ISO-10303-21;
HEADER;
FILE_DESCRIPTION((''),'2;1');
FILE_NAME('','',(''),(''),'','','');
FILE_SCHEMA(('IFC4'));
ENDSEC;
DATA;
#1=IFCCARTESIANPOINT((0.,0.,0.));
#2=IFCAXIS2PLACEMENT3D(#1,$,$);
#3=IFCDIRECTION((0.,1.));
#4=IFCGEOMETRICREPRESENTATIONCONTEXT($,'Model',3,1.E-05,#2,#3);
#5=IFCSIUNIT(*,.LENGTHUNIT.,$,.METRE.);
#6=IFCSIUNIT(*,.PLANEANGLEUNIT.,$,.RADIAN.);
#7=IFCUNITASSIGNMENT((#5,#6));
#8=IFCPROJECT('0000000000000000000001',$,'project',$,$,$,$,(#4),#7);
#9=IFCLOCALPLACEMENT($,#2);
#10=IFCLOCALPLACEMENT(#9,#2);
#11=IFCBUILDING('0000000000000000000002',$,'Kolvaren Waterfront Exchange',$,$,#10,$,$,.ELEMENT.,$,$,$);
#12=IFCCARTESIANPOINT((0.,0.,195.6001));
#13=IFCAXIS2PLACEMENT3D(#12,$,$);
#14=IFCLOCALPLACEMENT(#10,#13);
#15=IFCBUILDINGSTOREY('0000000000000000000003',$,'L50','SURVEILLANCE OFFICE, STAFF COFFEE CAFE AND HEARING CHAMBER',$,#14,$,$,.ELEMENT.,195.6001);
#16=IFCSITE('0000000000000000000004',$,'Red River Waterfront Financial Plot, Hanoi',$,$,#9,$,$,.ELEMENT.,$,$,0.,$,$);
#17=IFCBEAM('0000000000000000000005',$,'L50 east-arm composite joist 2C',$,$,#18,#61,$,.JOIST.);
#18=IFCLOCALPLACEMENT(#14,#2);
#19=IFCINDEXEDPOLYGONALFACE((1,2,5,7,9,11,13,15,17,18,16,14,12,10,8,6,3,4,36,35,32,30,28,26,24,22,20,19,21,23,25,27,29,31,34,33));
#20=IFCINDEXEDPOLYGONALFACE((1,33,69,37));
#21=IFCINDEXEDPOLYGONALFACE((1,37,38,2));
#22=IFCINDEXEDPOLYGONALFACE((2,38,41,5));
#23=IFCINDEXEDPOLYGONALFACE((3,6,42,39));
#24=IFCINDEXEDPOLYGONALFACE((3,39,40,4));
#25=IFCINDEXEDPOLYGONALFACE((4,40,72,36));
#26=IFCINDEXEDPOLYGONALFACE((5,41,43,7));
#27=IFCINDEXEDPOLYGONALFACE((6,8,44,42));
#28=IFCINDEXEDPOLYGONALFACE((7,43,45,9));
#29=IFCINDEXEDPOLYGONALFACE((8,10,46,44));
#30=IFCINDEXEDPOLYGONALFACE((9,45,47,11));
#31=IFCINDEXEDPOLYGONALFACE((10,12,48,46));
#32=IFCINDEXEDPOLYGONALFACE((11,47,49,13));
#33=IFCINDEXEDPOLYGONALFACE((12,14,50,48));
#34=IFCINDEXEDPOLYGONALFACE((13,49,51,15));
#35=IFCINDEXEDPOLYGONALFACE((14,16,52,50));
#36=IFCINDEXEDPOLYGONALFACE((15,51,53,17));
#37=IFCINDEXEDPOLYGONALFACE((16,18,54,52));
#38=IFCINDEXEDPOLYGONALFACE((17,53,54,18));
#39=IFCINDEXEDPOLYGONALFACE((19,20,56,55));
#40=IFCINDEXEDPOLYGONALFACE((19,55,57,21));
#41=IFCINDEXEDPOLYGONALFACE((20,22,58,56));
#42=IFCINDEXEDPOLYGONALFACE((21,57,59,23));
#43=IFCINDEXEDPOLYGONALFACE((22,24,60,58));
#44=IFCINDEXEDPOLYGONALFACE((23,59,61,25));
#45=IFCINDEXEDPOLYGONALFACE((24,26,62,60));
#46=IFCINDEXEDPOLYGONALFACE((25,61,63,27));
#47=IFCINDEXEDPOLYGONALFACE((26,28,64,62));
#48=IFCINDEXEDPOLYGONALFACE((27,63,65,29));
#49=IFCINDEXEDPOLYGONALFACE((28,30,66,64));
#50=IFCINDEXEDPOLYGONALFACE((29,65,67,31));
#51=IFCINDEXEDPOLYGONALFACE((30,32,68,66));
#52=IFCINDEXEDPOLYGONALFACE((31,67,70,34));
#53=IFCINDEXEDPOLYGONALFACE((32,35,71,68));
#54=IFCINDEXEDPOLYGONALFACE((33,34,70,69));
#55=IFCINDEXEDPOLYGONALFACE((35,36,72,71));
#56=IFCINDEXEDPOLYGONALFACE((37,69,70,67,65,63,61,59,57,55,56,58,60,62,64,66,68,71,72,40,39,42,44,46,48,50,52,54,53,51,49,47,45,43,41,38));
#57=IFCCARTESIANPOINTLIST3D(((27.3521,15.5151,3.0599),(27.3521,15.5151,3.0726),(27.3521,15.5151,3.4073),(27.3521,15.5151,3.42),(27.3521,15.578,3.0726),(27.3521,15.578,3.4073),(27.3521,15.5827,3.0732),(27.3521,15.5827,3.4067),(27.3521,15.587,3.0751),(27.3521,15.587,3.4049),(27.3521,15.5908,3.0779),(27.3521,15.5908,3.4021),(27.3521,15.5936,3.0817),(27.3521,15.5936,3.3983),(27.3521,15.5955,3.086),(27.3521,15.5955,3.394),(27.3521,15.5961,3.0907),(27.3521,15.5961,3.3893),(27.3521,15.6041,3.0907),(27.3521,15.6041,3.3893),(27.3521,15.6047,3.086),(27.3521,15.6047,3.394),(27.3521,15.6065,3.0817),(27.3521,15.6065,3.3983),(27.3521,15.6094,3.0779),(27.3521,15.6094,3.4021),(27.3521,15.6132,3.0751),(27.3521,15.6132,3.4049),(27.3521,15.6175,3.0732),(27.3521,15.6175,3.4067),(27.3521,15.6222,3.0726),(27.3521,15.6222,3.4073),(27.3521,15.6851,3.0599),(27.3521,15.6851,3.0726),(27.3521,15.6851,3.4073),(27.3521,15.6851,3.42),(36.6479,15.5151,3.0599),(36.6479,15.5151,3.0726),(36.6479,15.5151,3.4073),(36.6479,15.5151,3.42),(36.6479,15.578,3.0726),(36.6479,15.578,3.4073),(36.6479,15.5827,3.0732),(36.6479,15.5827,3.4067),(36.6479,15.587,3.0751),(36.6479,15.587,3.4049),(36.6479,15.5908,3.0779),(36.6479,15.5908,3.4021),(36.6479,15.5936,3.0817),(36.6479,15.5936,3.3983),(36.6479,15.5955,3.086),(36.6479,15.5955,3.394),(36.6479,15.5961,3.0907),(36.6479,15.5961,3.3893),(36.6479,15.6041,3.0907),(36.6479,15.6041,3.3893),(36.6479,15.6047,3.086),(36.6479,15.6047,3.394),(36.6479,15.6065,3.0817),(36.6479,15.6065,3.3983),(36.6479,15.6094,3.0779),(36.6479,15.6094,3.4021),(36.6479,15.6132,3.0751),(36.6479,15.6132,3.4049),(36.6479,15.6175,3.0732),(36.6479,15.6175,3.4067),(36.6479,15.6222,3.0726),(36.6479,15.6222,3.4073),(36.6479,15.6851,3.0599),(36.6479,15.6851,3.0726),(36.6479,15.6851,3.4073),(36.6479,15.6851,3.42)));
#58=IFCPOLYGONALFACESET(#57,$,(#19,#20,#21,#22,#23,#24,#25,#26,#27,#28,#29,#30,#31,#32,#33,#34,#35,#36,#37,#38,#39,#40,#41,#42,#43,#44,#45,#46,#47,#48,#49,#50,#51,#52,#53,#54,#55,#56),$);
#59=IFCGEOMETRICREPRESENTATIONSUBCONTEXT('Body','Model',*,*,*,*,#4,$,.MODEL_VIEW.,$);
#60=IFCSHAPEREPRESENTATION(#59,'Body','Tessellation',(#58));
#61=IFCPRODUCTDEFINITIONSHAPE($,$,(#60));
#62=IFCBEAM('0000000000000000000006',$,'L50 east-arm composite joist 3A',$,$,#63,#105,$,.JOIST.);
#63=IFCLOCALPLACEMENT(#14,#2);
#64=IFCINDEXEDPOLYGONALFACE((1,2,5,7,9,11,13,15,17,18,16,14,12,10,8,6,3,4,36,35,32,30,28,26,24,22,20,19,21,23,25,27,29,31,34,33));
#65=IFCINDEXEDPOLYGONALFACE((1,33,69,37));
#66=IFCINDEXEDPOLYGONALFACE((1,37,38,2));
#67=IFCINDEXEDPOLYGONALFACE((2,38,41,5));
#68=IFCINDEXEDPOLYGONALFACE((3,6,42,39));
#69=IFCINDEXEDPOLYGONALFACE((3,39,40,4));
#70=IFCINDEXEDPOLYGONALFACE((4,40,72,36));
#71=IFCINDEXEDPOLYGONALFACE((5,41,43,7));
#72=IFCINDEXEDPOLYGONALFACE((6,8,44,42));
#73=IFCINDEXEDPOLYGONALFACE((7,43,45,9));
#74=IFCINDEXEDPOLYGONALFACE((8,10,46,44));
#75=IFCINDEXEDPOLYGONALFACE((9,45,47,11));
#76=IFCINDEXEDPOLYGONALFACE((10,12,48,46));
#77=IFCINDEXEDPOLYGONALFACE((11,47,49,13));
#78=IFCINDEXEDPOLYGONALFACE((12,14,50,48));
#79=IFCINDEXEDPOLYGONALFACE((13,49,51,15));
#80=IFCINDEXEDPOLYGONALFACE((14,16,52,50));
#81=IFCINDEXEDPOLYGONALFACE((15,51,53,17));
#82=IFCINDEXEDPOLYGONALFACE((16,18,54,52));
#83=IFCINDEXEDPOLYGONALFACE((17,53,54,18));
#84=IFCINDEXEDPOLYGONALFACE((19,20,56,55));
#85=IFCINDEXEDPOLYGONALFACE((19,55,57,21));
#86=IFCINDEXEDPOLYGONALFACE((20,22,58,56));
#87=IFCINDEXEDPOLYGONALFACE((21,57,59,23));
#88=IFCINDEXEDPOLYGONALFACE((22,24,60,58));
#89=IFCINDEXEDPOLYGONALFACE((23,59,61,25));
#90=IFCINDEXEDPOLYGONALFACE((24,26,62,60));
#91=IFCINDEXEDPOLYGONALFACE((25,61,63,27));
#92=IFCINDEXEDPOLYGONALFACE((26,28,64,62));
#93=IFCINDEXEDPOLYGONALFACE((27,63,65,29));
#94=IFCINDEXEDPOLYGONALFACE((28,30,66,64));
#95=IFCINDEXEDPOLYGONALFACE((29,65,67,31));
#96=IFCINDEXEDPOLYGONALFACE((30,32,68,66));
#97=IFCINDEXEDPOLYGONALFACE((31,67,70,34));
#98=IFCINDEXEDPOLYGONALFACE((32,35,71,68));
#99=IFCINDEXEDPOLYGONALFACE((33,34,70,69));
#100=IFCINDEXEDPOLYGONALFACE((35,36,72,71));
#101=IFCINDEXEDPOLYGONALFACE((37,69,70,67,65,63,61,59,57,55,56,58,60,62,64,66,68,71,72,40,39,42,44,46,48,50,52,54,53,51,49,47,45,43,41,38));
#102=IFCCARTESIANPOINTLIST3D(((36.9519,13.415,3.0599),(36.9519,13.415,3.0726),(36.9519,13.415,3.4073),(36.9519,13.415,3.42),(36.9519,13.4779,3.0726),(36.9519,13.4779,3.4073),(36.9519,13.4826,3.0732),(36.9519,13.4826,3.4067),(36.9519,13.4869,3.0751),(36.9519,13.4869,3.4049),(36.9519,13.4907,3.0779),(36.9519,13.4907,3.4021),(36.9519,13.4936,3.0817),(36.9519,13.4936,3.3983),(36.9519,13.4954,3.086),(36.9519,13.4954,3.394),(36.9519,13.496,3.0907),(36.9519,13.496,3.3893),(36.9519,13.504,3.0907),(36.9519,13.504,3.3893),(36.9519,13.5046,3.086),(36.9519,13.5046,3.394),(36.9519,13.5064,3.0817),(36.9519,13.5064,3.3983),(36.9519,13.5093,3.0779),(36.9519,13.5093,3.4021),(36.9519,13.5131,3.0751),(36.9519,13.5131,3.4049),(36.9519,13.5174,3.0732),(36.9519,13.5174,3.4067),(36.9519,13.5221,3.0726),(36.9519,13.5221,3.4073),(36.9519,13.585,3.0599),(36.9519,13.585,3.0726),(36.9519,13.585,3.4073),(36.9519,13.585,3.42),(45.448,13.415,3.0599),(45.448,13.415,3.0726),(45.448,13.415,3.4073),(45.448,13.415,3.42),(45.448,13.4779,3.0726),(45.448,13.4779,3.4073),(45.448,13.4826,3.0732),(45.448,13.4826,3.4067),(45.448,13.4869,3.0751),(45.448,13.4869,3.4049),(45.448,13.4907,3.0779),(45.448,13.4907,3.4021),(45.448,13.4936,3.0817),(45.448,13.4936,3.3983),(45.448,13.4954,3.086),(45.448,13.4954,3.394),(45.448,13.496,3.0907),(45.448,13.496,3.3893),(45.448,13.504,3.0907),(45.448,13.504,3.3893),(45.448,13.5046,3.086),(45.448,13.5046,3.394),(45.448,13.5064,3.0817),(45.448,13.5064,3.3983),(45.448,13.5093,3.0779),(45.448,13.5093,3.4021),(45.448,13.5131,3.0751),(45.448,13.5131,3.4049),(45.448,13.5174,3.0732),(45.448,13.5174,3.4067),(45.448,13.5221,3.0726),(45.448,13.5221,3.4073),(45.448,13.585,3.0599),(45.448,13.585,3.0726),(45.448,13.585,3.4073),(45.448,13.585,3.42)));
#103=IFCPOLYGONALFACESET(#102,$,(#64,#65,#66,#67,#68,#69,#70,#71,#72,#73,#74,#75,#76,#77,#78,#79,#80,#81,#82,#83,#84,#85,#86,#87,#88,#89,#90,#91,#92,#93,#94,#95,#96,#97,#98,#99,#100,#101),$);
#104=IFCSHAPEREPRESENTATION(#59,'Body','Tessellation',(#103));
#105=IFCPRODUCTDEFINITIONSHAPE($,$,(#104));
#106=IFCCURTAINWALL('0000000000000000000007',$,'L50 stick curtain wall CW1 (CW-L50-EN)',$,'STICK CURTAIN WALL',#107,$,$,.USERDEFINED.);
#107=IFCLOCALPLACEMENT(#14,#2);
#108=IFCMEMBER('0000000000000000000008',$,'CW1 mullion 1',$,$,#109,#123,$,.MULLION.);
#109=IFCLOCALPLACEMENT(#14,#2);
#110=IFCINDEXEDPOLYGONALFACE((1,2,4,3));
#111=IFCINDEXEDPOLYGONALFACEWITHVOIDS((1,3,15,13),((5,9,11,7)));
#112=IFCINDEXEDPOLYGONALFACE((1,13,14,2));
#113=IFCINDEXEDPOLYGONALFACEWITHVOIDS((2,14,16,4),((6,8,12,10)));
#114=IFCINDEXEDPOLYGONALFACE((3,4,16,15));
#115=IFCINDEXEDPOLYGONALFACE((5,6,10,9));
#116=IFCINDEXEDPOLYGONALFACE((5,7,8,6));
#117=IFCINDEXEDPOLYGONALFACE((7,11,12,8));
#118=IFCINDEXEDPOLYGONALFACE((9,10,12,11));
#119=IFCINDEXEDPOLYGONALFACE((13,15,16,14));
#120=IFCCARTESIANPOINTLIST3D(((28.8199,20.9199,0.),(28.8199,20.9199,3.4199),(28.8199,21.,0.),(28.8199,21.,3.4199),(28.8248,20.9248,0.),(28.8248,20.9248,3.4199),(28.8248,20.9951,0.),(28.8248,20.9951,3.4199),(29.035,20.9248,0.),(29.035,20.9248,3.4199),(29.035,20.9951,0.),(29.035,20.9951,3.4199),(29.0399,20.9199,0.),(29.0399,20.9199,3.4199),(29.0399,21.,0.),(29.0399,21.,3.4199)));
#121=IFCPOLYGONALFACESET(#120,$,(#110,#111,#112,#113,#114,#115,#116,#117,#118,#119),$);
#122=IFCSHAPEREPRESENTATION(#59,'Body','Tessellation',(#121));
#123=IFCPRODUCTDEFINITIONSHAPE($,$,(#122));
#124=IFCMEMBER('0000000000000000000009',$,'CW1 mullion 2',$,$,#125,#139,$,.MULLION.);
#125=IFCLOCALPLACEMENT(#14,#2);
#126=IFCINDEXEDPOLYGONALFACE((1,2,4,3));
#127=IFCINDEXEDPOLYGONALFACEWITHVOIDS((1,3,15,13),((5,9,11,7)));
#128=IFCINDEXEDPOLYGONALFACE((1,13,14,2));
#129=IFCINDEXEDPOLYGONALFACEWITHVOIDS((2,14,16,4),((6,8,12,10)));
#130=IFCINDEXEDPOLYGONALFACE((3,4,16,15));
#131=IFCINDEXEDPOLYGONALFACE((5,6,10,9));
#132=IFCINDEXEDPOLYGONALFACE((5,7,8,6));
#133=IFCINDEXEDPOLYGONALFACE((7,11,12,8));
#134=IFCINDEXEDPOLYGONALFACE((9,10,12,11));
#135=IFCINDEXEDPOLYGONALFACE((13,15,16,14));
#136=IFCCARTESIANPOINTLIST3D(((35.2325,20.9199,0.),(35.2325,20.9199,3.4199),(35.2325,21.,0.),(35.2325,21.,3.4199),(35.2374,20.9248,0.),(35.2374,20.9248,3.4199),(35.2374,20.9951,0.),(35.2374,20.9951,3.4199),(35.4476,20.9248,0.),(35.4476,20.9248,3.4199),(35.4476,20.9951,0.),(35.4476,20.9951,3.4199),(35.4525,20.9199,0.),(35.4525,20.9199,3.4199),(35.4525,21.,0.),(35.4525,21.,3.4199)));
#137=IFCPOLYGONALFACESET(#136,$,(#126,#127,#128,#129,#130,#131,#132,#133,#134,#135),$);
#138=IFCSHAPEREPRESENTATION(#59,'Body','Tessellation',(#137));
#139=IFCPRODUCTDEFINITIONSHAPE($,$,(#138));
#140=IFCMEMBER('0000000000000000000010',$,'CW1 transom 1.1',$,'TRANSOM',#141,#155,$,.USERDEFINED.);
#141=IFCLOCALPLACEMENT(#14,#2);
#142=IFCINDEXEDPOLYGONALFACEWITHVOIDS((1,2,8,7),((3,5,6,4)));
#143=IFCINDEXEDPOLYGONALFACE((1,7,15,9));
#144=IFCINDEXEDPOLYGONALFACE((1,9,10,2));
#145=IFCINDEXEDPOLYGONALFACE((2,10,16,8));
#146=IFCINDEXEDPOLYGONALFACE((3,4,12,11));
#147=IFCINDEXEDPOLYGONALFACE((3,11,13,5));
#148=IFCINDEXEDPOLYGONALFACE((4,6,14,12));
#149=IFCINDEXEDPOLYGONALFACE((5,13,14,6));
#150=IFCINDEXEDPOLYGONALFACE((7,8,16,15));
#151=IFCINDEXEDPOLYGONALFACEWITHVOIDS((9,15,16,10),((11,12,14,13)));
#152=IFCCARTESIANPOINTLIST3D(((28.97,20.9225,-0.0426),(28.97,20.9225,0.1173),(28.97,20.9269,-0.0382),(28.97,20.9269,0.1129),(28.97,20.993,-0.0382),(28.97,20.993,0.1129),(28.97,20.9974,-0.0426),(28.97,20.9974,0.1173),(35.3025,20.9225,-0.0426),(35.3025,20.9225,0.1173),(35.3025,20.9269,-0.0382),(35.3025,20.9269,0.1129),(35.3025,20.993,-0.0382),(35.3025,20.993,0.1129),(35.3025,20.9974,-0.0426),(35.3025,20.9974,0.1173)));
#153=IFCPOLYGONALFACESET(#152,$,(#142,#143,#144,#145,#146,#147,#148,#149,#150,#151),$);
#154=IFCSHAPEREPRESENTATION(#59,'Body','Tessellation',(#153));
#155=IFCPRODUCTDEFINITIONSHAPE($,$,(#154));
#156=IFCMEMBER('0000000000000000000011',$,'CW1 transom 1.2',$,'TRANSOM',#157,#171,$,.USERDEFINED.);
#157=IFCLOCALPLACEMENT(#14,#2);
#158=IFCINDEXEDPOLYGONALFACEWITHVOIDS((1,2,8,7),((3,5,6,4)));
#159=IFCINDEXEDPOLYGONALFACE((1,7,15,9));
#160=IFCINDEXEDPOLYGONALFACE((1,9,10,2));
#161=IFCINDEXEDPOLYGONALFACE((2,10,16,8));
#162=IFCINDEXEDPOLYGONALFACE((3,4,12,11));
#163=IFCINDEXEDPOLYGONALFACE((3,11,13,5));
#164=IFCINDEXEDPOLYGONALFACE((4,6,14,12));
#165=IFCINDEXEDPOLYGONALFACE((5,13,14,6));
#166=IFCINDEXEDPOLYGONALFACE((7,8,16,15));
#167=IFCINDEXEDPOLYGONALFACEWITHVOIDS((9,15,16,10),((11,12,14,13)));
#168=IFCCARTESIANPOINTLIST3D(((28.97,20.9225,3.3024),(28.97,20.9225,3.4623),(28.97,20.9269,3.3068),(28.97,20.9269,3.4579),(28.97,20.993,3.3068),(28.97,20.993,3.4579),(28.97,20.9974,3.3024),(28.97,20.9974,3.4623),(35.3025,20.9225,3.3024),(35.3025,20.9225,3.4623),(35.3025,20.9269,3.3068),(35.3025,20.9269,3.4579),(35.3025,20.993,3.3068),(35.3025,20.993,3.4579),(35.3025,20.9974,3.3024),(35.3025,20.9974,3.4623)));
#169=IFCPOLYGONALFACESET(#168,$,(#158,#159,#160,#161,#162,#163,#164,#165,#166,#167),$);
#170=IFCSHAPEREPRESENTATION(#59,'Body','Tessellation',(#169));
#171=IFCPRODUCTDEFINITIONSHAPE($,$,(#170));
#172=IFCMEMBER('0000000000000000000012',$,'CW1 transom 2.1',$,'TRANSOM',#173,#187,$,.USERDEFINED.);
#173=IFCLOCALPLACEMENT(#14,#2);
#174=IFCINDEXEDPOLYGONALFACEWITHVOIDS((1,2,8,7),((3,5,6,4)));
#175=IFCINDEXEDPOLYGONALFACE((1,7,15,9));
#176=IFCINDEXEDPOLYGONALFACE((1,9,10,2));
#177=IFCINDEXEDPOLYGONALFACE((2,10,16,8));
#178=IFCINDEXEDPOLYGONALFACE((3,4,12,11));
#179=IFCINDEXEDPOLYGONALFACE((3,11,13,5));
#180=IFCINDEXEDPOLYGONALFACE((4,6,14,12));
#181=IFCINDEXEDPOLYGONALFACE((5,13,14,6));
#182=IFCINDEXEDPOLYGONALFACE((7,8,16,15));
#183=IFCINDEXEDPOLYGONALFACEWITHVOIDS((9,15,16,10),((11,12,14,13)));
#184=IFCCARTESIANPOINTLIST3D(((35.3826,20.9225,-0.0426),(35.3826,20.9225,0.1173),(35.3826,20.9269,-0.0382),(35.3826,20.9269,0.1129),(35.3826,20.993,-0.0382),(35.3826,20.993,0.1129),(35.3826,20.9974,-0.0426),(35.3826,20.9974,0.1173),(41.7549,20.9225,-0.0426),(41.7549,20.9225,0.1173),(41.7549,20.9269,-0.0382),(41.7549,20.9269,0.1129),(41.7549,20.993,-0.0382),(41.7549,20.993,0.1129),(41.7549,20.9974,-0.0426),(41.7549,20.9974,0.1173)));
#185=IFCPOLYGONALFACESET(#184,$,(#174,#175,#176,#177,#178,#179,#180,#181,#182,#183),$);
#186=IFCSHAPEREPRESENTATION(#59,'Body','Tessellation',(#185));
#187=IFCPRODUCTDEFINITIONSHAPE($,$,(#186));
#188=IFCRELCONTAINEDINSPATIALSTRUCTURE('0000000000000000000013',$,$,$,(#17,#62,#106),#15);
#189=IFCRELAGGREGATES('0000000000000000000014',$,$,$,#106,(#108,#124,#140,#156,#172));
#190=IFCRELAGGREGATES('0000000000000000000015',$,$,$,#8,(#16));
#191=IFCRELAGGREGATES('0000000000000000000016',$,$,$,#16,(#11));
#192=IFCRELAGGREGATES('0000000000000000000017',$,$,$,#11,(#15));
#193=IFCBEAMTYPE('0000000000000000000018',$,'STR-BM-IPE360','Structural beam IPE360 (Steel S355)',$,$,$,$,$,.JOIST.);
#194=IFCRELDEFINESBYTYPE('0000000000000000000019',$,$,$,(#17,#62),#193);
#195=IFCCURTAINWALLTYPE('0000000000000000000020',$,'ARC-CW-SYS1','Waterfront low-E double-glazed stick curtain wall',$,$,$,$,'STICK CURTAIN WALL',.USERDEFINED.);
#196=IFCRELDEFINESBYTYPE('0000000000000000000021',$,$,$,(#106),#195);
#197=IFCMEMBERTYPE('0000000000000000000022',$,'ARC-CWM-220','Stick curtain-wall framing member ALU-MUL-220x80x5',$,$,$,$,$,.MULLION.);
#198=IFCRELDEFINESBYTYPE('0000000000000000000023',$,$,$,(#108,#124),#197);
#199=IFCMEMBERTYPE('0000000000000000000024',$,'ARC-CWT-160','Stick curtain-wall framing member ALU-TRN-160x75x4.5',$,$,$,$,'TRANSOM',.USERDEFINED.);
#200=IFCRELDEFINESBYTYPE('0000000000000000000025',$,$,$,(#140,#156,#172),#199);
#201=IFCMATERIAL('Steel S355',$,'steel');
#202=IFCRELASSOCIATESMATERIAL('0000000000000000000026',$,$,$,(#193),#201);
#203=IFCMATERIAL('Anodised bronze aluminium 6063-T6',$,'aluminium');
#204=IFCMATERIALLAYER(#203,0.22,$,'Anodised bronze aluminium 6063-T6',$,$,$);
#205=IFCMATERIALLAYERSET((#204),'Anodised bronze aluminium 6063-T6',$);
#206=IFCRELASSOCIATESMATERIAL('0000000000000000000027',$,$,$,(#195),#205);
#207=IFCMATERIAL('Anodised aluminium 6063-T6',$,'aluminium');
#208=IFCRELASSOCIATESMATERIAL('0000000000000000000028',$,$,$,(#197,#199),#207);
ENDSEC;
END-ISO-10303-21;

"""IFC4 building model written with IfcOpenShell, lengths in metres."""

from ifc_helpers import new_model, si_unit, direction, frame, origin, origin_with_axes, origin_2d, place, context, subcontext, project, spatial, hollow_rectangle, i_section, extrude, source, transform, mapped, material, layer, layer_set, material_profile, profile_set, type_object, element, aggregate, save


model = new_model("IFC4")

# Units and contexts
model_context = context("Model", 3, precision=1e-05, world=origin(), true_north=direction((0.0, 1.0)))
body_context = subcontext(model_context, "Body", "Model", "MODEL_VIEW")
ifc_project = project(units=[si_unit("LENGTHUNIT", "METRE"), si_unit("PLANEANGLEUNIT", "RADIAN")], contexts=[model_context])

# Site, building, storey
site_placement = place(None, origin())
site = spatial("IfcSite", under=ifc_project, at=site_placement, Name="Red River Waterfront Financial Plot, Hanoi", CompositionType="ELEMENT", RefElevation=0.0)
building_placement = place(site_placement, origin())
building = spatial("IfcBuilding", under=site, at=building_placement, Name="Kolvaren Waterfront Exchange", CompositionType="ELEMENT")
storey_placement = place(building_placement, frame((0.0, 0.0, 195.6001)))
storey = spatial("IfcBuildingStorey", under=building, at=storey_placement, Name="L50", Description="SURVEILLANCE OFFICE, STAFF COFFEE CAFE AND HEARING CHAMBER", CompositionType="ELEMENT", Elevation=195.6001)

# Beams
ifc_material_1 = material(Name="Steel S355", Category="steel")
ifc_material_profile_1 = material_profile(ifc_material_1, i_section(OverallWidth=0.1699, OverallDepth=0.3601, WebThickness=0.0081, FlangeThickness=0.0127, FilletRadius=0.0181, at=origin_2d()), Name="IPE360")
ifc_profile_set_1 = profile_set([ifc_material_profile_1], Name="Steel S355")
beam_type_1 = type_object("IfcBeamType", Name="STR-BM-IPE360", Description="Structural beam IPE360 (Steel S355)", PredefinedType="JOIST", material=ifc_profile_set_1)
for number, where, z_axis, x_axis, name in (
    (1, (27.3521, 15.6001, 3.24), (1.0, 0.0, 0.0), (0.0, 1.0, 0.0), "L50 east-arm composite joist 2C"),
):
    element("IfcBeam", number, at=place(storey_placement, frame(where, z_axis=z_axis, x_axis=x_axis)), inside=storey, type_object=beam_type_1, Name=name, PredefinedType="JOIST", context=body_context, shape_type="SweptSolid", body=[
        extrude(i_section(OverallWidth=0.1699, OverallDepth=0.3601, WebThickness=0.0081, FlangeThickness=0.0127, FilletRadius=0.0181, at=origin_2d()), origin(), (0.0, 0.0, 1.0), 9.2959),
    ])
beam_1_placement = place(storey_placement, frame((36.9519, 13.5, 3.24), z_axis=(1.0, 0.0, 0.0), x_axis=(0.0, 1.0, 0.0)))
element("IfcBeam", 2, at=beam_1_placement, inside=storey, type_object=beam_type_1, Name="L50 east-arm composite joist 3A", PredefinedType="JOIST", context=body_context, shape_type="SweptSolid", body=[
    extrude(i_section(OverallWidth=0.1699, OverallDepth=0.3601, WebThickness=0.0081, FlangeThickness=0.0127, FilletRadius=0.0181, at=origin_2d()), origin(), (0.0, 0.0, 1.0), 8.4961),
])

# Curtain wall, members
ifc_material_2 = material(Name="Anodised bronze aluminium 6063-T6", Category="aluminium")
ifc_layer_1 = layer(ifc_material_2, 0.22, Name="Anodised bronze aluminium 6063-T6")
ifc_layer_set_1 = layer_set([ifc_layer_1], Name="Anodised bronze aluminium 6063-T6")
curtain_wall_type = type_object("IfcCurtainWallType", Name="ARC-CW-SYS1", Description="Waterfront low-E double-glazed stick curtain wall", ElementType="STICK CURTAIN WALL", PredefinedType="USERDEFINED", material=ifc_layer_set_1)
curtain_wall_placement = place(storey_placement, origin())
curtain_wall = element("IfcCurtainWall", 3, at=curtain_wall_placement, inside=storey, type_object=curtain_wall_type, Name="L50 stick curtain wall CW1 (CW-L50-EN)", ObjectType="STICK CURTAIN WALL", PredefinedType="USERDEFINED")
ifc_material_3 = material(Name="Anodised aluminium 6063-T6", Category="aluminium")
ifc_material_profile_2 = material_profile(ifc_material_3, hollow_rectangle(XDim=0.0801, YDim=0.22, WallThickness=0.0049, at=origin_2d()), Name="ALU-MUL-220x80x5")
ifc_profile_set_2 = profile_set([ifc_material_profile_2], Name="Anodised aluminium 6063-T6")
member_type_1 = type_object("IfcMemberType", Name="ARC-CWM-220", Description="Stick curtain-wall framing member ALU-MUL-220x80x5", PredefinedType="MULLION", material=ifc_profile_set_2)
shared_shape_1 = source(origin_with_axes(), body_context, "Body", "SweptSolid", [
    extrude(hollow_rectangle(XDim=0.0801, YDim=0.22, WallThickness=0.0049, at=origin_2d()), origin(), (0.0, 0.0, 1.0), 3.4199),
])
member_1_placement = place(storey_placement, frame((28.9299, 20.96, 0.0), z_axis=(0.0, 0.0, 1.0), x_axis=(0.0, 1.0, 0.0)))
member_1 = element("IfcMember", 4, at=member_1_placement, type_object=member_type_1, Name="CW1 mullion 1", PredefinedType="MULLION", context=body_context, shape_type="MappedRepresentation", body=[
    mapped(shared_shape_1, transform((0.0, 0.0, 0.0), x_axis=(1.0, 0.0, 0.0), y_axis=(0.0, 1.0, 0.0), z_axis=(0.0, 0.0, 1.0), scale=1.0)),
])
member_2_placement = place(storey_placement, frame((35.3425, 20.96, 0.0), z_axis=(0.0, 0.0, 1.0), x_axis=(0.0, 1.0, 0.0)))
member_2 = element("IfcMember", 5, at=member_2_placement, type_object=member_type_1, Name="CW1 mullion 2", PredefinedType="MULLION", context=body_context, shape_type="MappedRepresentation", body=[
    mapped(shared_shape_1, transform((0.0, 0.0, 0.0), x_axis=(1.0, 0.0, 0.0), y_axis=(0.0, 1.0, 0.0), z_axis=(0.0, 0.0, 1.0), scale=1.0)),
])
ifc_material_profile_3 = material_profile(ifc_material_3, hollow_rectangle(XDim=0.075, YDim=0.1599, WallThickness=0.0044, at=origin_2d()), Name="ALU-TRN-160x75x4.5")
ifc_profile_set_3 = profile_set([ifc_material_profile_3], Name="Anodised aluminium 6063-T6")
member_type_2 = type_object("IfcMemberType", Name="ARC-CWT-160", Description="Stick curtain-wall framing member ALU-TRN-160x75x4.5", ElementType="TRANSOM", PredefinedType="USERDEFINED", material=ifc_profile_set_3)
shared_shape_2 = source(origin_with_axes(), body_context, "Body", "SweptSolid", [
    extrude(hollow_rectangle(XDim=0.075, YDim=0.1599, WallThickness=0.0044, at=origin_2d()), origin(), (0.0, 0.0, 1.0), 6.3325),
])
member_3_placement = place(storey_placement, frame((28.97, 20.96, 0.0374), z_axis=(1.0, 0.0, 0.0), x_axis=(0.0, 1.0, 0.0)))
member_3 = element("IfcMember", 6, at=member_3_placement, type_object=member_type_2, Name="CW1 transom 1.1", ObjectType="TRANSOM", PredefinedType="USERDEFINED", context=body_context, shape_type="MappedRepresentation", body=[
    mapped(shared_shape_2, transform((0.0, 0.0, 0.0), x_axis=(1.0, 0.0, 0.0), y_axis=(0.0, 1.0, 0.0), z_axis=(0.0, 0.0, 1.0), scale=1.0)),
])
member_4_placement = place(storey_placement, frame((28.97, 20.96, 3.3823), z_axis=(1.0, 0.0, 0.0), x_axis=(0.0, 1.0, 0.0)))
member_4 = element("IfcMember", 7, at=member_4_placement, type_object=member_type_2, Name="CW1 transom 1.2", ObjectType="TRANSOM", PredefinedType="USERDEFINED", context=body_context, shape_type="MappedRepresentation", body=[
    mapped(shared_shape_2, transform((0.0, 0.0, 0.0), x_axis=(1.0, 0.0, 0.0), y_axis=(0.0, 1.0, 0.0), z_axis=(0.0, 0.0, 1.0), scale=1.0)),
])
shared_shape_3 = source(origin_with_axes(), body_context, "Body", "SweptSolid", [
    extrude(hollow_rectangle(XDim=0.075, YDim=0.1599, WallThickness=0.0044, at=origin_2d()), origin(), (0.0, 0.0, 1.0), 6.3723),
])
member_5_placement = place(storey_placement, frame((35.3826, 20.96, 0.0374), z_axis=(1.0, 0.0, 0.0), x_axis=(0.0, 1.0, 0.0)))
member_5 = element("IfcMember", 8, at=member_5_placement, type_object=member_type_2, Name="CW1 transom 2.1", ObjectType="TRANSOM", PredefinedType="USERDEFINED", context=body_context, shape_type="MappedRepresentation", body=[
    mapped(shared_shape_3, transform((0.0, 0.0, 0.0), x_axis=(1.0, 0.0, 0.0), y_axis=(0.0, 1.0, 0.0), z_axis=(0.0, 0.0, 1.0), scale=1.0)),
])
aggregate(curtain_wall, [member_1, member_2, member_3, member_4, member_5])

save(model, "model.ifc")
